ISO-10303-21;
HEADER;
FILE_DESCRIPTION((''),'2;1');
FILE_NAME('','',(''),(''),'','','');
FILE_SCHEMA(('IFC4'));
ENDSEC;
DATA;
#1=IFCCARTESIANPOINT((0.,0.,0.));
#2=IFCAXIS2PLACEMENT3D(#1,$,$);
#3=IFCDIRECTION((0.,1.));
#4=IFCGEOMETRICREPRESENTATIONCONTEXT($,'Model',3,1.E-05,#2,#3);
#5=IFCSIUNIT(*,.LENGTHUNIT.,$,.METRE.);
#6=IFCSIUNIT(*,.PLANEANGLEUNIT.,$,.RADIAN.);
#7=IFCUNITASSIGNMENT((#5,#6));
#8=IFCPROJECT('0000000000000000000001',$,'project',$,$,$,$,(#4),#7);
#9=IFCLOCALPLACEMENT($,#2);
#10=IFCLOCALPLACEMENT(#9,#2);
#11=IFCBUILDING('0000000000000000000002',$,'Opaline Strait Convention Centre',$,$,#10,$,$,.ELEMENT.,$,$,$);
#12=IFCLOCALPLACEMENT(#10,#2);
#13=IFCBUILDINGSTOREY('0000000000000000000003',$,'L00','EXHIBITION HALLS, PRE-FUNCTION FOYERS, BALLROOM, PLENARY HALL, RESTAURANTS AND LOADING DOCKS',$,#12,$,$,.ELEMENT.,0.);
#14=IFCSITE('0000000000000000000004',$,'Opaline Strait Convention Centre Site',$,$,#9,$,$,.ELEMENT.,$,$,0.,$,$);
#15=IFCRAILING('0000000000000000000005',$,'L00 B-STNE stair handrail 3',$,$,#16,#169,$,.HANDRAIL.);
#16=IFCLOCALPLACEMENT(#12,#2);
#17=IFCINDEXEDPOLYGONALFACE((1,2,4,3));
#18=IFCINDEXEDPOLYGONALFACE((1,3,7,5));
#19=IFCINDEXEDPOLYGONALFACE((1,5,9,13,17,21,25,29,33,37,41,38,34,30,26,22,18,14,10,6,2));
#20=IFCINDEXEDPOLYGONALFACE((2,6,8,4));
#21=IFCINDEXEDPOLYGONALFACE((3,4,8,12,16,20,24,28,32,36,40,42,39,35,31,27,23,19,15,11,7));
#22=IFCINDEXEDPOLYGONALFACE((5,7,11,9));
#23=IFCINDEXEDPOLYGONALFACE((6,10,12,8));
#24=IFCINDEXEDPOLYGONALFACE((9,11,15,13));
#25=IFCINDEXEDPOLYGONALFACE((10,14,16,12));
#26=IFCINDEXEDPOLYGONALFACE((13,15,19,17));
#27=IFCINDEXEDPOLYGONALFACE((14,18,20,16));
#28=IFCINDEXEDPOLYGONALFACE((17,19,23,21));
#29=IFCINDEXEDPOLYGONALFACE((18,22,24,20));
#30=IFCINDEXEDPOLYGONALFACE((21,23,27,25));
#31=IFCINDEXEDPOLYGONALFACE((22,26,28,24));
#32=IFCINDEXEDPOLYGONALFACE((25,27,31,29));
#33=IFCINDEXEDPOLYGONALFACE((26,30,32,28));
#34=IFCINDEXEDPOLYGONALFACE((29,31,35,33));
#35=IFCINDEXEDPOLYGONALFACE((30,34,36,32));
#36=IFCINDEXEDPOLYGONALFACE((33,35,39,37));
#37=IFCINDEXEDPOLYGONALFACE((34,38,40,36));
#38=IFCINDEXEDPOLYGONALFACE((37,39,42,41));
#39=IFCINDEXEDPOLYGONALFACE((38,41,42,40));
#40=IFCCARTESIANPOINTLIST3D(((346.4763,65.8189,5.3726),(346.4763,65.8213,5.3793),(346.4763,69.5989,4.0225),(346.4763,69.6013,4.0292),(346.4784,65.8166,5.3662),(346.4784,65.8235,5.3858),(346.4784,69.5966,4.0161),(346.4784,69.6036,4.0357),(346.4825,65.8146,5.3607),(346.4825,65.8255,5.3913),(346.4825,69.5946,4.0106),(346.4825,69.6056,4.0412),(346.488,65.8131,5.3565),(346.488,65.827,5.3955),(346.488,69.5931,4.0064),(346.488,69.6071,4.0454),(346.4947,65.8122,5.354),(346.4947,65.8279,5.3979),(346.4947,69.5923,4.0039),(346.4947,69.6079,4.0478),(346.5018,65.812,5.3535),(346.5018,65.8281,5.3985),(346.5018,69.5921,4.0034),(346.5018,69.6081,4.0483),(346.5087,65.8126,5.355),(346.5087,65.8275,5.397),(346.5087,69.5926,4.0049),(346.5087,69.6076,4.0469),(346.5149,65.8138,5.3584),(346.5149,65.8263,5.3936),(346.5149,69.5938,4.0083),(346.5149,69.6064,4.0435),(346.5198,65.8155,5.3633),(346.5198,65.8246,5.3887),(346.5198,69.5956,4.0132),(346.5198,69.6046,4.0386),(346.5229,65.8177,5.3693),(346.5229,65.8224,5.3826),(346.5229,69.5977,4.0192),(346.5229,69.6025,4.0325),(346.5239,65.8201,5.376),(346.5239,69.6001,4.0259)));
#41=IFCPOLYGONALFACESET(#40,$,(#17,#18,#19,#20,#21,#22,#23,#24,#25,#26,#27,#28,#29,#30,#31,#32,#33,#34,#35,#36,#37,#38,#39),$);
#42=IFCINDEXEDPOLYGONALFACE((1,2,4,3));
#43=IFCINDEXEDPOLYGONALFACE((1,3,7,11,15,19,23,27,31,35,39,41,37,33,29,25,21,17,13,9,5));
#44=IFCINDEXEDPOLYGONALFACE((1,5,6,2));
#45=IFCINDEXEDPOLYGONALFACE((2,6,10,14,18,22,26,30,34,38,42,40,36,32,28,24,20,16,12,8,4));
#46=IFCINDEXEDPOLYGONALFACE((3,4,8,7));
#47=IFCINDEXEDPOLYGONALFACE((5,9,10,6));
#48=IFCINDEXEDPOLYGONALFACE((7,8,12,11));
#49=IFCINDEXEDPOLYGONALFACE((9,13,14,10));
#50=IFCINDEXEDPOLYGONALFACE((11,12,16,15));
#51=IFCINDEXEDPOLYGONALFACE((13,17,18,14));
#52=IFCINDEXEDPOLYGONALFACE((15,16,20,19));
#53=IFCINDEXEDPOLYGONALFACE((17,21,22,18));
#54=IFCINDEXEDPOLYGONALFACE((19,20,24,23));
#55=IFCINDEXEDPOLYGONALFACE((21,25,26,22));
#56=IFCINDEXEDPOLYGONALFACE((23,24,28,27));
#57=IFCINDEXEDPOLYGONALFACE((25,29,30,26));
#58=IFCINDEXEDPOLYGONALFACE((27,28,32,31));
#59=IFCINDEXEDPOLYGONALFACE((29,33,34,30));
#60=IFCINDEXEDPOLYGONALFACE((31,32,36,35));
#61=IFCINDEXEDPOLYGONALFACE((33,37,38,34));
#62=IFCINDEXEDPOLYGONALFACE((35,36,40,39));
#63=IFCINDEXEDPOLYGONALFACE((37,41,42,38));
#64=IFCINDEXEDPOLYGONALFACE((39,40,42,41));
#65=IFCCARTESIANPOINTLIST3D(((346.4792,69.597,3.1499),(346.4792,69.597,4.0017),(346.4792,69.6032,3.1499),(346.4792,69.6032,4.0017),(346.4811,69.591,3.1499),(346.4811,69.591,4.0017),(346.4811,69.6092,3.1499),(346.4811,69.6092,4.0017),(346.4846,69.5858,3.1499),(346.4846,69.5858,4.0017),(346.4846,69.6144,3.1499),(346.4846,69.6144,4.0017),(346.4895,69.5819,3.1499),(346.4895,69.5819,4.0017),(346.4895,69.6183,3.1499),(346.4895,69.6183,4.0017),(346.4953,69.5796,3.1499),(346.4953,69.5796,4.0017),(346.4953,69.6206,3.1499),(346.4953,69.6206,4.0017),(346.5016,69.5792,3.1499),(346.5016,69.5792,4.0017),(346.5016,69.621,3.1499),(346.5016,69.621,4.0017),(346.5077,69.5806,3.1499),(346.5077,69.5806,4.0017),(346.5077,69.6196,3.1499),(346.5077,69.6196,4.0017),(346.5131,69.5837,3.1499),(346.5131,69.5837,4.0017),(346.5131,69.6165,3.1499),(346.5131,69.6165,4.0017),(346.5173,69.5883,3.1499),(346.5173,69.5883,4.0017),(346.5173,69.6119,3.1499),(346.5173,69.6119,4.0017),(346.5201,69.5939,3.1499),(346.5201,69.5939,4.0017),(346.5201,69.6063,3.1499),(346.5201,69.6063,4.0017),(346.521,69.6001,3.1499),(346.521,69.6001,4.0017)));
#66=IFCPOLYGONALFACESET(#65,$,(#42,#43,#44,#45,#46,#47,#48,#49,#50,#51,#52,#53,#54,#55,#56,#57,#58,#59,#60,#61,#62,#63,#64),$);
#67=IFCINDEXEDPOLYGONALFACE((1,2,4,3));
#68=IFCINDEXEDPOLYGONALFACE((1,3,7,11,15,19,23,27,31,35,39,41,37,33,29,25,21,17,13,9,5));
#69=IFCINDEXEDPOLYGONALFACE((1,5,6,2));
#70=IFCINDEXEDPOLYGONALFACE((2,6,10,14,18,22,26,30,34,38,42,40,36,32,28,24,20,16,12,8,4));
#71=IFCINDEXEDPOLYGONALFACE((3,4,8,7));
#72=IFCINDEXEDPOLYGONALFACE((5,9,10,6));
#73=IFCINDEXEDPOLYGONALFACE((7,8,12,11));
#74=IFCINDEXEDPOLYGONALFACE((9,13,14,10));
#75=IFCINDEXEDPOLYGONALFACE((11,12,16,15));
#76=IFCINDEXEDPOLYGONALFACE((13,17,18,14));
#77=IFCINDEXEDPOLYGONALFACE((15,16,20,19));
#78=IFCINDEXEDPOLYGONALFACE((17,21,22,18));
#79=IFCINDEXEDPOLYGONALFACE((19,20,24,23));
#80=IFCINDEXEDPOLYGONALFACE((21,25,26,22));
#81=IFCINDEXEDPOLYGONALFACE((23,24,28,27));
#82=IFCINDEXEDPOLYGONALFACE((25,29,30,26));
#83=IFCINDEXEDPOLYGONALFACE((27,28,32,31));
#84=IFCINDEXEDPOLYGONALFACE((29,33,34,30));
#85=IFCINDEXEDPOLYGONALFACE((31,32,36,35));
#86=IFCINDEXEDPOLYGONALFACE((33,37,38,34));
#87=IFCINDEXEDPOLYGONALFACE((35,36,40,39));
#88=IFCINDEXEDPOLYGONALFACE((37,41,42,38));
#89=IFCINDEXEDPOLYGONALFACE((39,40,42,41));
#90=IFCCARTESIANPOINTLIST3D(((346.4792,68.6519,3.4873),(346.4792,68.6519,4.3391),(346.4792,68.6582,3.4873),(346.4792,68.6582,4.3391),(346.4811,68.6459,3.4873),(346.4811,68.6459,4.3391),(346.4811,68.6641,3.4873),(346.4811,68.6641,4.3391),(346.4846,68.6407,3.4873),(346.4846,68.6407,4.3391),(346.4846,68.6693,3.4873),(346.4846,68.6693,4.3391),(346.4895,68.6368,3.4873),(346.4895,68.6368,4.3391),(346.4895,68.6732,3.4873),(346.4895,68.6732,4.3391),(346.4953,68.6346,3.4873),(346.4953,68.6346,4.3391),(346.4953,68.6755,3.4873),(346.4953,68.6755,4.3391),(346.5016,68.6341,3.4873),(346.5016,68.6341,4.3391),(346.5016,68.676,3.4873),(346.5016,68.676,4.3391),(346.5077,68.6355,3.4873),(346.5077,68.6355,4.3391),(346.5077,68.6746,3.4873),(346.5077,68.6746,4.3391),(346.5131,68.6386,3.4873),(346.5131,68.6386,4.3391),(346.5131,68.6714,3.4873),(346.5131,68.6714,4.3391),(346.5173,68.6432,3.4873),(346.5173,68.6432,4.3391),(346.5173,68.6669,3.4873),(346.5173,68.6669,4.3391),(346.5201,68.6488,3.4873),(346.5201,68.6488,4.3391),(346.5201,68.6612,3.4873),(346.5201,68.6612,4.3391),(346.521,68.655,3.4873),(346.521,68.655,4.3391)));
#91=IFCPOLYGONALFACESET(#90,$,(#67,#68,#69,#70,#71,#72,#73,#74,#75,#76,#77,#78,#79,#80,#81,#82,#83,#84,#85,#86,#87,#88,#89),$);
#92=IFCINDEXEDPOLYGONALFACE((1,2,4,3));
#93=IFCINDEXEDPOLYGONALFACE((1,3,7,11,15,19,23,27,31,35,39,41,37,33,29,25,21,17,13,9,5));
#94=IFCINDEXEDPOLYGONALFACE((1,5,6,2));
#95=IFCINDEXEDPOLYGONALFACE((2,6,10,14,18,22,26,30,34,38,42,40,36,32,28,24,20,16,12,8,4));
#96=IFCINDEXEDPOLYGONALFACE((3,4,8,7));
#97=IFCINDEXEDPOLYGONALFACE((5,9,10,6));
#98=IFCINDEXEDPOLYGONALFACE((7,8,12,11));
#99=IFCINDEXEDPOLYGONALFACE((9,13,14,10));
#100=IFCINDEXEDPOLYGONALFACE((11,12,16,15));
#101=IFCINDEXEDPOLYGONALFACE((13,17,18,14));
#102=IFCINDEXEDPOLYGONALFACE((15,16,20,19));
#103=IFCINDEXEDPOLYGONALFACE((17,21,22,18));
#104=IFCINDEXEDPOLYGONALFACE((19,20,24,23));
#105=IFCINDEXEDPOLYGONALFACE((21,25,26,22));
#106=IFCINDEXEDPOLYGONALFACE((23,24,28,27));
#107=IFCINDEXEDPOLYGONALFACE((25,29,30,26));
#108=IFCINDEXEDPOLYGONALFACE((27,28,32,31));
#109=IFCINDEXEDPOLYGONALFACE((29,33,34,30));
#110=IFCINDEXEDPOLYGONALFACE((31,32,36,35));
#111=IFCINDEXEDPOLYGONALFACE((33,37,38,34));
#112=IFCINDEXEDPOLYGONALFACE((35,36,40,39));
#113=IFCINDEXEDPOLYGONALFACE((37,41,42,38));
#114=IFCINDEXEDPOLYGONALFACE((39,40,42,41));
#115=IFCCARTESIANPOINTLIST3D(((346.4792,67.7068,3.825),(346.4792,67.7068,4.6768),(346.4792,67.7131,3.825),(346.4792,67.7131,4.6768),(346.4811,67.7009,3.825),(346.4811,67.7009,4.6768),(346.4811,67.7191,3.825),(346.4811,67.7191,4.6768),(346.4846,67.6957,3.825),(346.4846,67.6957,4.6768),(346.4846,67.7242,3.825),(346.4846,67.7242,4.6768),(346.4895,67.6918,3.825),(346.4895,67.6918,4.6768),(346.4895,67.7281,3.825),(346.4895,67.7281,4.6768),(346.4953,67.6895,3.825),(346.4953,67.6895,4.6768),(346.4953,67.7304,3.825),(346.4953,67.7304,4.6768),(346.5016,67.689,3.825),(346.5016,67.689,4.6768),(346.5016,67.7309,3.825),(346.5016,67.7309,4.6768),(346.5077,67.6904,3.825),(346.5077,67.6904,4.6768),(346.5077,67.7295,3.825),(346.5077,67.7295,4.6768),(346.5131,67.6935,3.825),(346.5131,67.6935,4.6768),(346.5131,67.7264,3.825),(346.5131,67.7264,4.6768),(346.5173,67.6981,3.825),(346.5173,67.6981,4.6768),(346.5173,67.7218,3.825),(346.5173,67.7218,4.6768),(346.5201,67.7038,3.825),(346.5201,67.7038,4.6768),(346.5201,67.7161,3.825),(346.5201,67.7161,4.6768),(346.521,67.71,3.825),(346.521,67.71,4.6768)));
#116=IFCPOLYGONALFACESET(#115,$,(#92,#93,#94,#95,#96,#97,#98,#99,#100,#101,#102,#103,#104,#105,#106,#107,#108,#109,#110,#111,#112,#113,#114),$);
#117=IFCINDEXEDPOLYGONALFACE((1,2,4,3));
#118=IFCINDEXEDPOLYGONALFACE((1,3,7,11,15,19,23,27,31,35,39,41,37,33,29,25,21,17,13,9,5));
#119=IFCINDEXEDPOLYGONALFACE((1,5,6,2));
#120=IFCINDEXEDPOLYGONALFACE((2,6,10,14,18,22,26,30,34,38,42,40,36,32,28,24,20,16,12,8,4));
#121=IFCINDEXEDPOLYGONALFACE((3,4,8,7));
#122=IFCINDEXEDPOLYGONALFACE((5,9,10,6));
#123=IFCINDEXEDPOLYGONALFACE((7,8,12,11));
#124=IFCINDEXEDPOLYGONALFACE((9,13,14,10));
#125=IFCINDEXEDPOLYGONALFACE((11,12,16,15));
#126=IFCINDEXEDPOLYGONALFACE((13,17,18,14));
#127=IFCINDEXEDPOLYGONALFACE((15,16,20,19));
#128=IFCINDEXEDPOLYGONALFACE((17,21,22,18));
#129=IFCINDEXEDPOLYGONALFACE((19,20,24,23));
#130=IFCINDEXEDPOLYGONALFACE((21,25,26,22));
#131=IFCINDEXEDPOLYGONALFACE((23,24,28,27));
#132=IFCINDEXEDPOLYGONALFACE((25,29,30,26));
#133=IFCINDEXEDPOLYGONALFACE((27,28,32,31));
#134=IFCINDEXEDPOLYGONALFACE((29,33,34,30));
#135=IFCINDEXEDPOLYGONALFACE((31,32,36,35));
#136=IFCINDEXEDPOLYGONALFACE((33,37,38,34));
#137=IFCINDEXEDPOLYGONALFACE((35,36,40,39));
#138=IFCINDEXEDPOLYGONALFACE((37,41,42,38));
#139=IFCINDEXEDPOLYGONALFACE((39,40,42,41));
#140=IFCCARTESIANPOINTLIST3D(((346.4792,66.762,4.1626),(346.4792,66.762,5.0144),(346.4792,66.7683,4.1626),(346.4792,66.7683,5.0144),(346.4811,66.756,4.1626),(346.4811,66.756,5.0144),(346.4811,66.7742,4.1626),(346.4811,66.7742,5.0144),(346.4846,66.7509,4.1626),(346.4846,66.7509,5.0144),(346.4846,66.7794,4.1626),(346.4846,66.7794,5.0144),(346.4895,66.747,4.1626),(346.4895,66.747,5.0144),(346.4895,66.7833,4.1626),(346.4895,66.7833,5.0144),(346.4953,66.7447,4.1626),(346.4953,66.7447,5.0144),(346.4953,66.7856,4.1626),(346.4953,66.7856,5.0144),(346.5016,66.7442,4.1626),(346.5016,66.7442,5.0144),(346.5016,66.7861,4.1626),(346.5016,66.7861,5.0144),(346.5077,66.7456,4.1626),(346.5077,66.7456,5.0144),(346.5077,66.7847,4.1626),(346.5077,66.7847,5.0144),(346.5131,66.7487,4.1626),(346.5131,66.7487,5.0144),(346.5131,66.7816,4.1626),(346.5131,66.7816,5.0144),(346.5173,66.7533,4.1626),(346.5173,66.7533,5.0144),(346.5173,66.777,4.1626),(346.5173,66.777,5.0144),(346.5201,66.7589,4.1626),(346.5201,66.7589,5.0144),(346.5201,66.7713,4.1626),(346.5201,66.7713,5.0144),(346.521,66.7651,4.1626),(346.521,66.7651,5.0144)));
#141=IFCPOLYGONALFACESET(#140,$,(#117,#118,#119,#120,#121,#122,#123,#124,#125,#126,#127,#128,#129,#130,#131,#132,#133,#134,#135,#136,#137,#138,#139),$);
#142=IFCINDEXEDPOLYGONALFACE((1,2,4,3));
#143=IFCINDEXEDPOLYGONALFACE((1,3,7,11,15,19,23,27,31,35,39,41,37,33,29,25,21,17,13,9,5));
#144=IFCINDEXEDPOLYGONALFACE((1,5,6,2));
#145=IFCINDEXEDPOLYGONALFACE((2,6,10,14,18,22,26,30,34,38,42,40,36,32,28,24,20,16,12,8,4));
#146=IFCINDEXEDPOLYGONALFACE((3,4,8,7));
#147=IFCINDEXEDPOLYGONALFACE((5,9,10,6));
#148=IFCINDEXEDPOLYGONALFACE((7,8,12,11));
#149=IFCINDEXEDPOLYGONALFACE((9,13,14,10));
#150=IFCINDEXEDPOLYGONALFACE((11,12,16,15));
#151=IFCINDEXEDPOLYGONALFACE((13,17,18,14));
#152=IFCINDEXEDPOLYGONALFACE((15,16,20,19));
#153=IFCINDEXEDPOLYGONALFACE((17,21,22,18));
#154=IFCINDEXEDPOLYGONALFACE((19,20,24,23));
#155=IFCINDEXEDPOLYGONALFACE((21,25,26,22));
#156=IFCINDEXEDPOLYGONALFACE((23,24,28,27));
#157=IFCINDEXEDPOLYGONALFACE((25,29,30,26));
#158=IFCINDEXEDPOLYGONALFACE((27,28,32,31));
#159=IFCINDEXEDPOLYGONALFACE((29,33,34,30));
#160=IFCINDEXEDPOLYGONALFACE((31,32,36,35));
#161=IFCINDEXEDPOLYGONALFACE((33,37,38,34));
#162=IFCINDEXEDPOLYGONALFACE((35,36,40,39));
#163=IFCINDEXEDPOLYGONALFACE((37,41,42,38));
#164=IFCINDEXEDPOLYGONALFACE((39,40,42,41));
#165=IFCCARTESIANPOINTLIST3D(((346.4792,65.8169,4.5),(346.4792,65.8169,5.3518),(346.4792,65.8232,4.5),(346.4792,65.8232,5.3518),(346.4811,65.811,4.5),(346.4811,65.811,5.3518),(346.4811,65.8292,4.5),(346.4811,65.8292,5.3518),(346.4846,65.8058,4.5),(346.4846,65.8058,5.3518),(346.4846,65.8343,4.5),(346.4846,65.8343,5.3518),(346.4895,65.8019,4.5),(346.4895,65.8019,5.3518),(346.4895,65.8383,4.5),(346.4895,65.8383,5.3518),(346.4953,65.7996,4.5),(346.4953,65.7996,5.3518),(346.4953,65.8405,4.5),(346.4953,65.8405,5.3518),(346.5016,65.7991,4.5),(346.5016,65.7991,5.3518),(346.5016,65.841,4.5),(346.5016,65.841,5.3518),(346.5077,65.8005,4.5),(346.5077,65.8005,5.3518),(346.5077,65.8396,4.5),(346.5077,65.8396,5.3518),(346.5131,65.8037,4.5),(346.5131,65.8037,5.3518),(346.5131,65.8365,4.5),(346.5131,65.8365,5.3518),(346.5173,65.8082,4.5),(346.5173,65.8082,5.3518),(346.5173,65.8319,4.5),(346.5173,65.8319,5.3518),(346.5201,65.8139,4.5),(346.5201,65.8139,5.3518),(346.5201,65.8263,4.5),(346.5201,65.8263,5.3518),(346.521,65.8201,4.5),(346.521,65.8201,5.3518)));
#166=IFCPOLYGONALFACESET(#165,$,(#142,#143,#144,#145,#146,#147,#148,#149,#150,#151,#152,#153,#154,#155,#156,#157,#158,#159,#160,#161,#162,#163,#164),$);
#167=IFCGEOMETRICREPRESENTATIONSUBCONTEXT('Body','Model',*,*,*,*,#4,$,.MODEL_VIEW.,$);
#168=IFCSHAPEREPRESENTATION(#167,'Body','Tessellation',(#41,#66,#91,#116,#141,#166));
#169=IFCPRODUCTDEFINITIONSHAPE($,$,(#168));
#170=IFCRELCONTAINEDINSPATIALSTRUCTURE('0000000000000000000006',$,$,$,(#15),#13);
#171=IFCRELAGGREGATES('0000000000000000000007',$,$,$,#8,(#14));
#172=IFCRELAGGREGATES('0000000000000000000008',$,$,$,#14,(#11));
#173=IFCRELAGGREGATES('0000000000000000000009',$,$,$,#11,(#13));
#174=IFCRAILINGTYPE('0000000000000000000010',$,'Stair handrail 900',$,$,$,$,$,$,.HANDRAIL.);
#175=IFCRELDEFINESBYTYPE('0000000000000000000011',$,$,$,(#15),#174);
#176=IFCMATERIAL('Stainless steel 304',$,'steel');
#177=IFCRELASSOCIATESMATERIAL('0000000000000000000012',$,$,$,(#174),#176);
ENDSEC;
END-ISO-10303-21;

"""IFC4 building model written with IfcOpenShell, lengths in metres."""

from ifc_helpers import new_model, si_unit, direction, frame, origin, origin_2d, place, context, subcontext, project, spatial, circle, extrude, material, type_object, element, save


model = new_model("IFC4")

# Units and contexts
model_context = context("Model", 3, precision=1e-05, world=origin(), true_north=direction((0.0, 1.0)))
body_context = subcontext(model_context, "Body", "Model", "MODEL_VIEW")
ifc_project = project(units=[si_unit("LENGTHUNIT", "METRE"), si_unit("PLANEANGLEUNIT", "RADIAN")], contexts=[model_context])

# Site, building, storey
site_placement = place(None, origin())
site = spatial("IfcSite", under=ifc_project, at=site_placement, Name="Opaline Strait Convention Centre Site", CompositionType="ELEMENT", RefElevation=0.0)
building_placement = place(site_placement, origin())
building = spatial("IfcBuilding", under=site, at=building_placement, Name="Opaline Strait Convention Centre", CompositionType="ELEMENT")
storey_placement = place(building_placement, origin())
storey = spatial("IfcBuildingStorey", under=building, at=storey_placement, Name="L00", Description="EXHIBITION HALLS, PRE-FUNCTION FOYERS, BALLROOM, PLENARY HALL, RESTAURANTS AND LOADING DOCKS", CompositionType="ELEMENT", Elevation=0.0)

# Railing
ifc_material_1 = material(Name="Stainless steel 304", Category="steel")
railing_type_1 = type_object("IfcRailingType", Name="Stair handrail 900", PredefinedType="HANDRAIL", material=ifc_material_1)
for number, where, name in (
    (1, (346.5, 69.6001, 3.1499), "L00 B-STNE stair handrail 3"),
):
    element("IfcRailing", number, at=place(storey_placement, frame(where)), inside=storey, type_object=railing_type_1, Name=name, PredefinedType="HANDRAIL", context=body_context, shape_type="SweptSolid", body=[
        extrude(circle(Radius=0.0239, at=origin_2d()), frame((0.0, 0.0, 0.876), z_axis=(0.0, -0.941735, 0.336356), x_axis=(1.0, 0.0, 0.0)), (0.0, 0.0, 1.0), 4.0139),
        extrude(circle(Radius=0.021, at=origin_2d()), origin(), (0.0, 0.0, 1.0), 0.8518),
        extrude(circle(Radius=0.021, at=origin_2d()), frame((0.0, -0.9451, 0.3374)), (0.0, 0.0, 1.0), 0.8518),
        extrude(circle(Radius=0.021, at=origin_2d()), frame((0.0, -1.8901, 0.675)), (0.0, 0.0, 1.0), 0.8518),
        extrude(circle(Radius=0.021, at=origin_2d()), frame((0.0, -2.835, 1.0127)), (0.0, 0.0, 1.0), 0.8518),
        extrude(circle(Radius=0.021, at=origin_2d()), frame((0.0, -3.78, 1.3501)), (0.0, 0.0, 1.0), 0.8518),
    ])

save(model, "model.ifc")
